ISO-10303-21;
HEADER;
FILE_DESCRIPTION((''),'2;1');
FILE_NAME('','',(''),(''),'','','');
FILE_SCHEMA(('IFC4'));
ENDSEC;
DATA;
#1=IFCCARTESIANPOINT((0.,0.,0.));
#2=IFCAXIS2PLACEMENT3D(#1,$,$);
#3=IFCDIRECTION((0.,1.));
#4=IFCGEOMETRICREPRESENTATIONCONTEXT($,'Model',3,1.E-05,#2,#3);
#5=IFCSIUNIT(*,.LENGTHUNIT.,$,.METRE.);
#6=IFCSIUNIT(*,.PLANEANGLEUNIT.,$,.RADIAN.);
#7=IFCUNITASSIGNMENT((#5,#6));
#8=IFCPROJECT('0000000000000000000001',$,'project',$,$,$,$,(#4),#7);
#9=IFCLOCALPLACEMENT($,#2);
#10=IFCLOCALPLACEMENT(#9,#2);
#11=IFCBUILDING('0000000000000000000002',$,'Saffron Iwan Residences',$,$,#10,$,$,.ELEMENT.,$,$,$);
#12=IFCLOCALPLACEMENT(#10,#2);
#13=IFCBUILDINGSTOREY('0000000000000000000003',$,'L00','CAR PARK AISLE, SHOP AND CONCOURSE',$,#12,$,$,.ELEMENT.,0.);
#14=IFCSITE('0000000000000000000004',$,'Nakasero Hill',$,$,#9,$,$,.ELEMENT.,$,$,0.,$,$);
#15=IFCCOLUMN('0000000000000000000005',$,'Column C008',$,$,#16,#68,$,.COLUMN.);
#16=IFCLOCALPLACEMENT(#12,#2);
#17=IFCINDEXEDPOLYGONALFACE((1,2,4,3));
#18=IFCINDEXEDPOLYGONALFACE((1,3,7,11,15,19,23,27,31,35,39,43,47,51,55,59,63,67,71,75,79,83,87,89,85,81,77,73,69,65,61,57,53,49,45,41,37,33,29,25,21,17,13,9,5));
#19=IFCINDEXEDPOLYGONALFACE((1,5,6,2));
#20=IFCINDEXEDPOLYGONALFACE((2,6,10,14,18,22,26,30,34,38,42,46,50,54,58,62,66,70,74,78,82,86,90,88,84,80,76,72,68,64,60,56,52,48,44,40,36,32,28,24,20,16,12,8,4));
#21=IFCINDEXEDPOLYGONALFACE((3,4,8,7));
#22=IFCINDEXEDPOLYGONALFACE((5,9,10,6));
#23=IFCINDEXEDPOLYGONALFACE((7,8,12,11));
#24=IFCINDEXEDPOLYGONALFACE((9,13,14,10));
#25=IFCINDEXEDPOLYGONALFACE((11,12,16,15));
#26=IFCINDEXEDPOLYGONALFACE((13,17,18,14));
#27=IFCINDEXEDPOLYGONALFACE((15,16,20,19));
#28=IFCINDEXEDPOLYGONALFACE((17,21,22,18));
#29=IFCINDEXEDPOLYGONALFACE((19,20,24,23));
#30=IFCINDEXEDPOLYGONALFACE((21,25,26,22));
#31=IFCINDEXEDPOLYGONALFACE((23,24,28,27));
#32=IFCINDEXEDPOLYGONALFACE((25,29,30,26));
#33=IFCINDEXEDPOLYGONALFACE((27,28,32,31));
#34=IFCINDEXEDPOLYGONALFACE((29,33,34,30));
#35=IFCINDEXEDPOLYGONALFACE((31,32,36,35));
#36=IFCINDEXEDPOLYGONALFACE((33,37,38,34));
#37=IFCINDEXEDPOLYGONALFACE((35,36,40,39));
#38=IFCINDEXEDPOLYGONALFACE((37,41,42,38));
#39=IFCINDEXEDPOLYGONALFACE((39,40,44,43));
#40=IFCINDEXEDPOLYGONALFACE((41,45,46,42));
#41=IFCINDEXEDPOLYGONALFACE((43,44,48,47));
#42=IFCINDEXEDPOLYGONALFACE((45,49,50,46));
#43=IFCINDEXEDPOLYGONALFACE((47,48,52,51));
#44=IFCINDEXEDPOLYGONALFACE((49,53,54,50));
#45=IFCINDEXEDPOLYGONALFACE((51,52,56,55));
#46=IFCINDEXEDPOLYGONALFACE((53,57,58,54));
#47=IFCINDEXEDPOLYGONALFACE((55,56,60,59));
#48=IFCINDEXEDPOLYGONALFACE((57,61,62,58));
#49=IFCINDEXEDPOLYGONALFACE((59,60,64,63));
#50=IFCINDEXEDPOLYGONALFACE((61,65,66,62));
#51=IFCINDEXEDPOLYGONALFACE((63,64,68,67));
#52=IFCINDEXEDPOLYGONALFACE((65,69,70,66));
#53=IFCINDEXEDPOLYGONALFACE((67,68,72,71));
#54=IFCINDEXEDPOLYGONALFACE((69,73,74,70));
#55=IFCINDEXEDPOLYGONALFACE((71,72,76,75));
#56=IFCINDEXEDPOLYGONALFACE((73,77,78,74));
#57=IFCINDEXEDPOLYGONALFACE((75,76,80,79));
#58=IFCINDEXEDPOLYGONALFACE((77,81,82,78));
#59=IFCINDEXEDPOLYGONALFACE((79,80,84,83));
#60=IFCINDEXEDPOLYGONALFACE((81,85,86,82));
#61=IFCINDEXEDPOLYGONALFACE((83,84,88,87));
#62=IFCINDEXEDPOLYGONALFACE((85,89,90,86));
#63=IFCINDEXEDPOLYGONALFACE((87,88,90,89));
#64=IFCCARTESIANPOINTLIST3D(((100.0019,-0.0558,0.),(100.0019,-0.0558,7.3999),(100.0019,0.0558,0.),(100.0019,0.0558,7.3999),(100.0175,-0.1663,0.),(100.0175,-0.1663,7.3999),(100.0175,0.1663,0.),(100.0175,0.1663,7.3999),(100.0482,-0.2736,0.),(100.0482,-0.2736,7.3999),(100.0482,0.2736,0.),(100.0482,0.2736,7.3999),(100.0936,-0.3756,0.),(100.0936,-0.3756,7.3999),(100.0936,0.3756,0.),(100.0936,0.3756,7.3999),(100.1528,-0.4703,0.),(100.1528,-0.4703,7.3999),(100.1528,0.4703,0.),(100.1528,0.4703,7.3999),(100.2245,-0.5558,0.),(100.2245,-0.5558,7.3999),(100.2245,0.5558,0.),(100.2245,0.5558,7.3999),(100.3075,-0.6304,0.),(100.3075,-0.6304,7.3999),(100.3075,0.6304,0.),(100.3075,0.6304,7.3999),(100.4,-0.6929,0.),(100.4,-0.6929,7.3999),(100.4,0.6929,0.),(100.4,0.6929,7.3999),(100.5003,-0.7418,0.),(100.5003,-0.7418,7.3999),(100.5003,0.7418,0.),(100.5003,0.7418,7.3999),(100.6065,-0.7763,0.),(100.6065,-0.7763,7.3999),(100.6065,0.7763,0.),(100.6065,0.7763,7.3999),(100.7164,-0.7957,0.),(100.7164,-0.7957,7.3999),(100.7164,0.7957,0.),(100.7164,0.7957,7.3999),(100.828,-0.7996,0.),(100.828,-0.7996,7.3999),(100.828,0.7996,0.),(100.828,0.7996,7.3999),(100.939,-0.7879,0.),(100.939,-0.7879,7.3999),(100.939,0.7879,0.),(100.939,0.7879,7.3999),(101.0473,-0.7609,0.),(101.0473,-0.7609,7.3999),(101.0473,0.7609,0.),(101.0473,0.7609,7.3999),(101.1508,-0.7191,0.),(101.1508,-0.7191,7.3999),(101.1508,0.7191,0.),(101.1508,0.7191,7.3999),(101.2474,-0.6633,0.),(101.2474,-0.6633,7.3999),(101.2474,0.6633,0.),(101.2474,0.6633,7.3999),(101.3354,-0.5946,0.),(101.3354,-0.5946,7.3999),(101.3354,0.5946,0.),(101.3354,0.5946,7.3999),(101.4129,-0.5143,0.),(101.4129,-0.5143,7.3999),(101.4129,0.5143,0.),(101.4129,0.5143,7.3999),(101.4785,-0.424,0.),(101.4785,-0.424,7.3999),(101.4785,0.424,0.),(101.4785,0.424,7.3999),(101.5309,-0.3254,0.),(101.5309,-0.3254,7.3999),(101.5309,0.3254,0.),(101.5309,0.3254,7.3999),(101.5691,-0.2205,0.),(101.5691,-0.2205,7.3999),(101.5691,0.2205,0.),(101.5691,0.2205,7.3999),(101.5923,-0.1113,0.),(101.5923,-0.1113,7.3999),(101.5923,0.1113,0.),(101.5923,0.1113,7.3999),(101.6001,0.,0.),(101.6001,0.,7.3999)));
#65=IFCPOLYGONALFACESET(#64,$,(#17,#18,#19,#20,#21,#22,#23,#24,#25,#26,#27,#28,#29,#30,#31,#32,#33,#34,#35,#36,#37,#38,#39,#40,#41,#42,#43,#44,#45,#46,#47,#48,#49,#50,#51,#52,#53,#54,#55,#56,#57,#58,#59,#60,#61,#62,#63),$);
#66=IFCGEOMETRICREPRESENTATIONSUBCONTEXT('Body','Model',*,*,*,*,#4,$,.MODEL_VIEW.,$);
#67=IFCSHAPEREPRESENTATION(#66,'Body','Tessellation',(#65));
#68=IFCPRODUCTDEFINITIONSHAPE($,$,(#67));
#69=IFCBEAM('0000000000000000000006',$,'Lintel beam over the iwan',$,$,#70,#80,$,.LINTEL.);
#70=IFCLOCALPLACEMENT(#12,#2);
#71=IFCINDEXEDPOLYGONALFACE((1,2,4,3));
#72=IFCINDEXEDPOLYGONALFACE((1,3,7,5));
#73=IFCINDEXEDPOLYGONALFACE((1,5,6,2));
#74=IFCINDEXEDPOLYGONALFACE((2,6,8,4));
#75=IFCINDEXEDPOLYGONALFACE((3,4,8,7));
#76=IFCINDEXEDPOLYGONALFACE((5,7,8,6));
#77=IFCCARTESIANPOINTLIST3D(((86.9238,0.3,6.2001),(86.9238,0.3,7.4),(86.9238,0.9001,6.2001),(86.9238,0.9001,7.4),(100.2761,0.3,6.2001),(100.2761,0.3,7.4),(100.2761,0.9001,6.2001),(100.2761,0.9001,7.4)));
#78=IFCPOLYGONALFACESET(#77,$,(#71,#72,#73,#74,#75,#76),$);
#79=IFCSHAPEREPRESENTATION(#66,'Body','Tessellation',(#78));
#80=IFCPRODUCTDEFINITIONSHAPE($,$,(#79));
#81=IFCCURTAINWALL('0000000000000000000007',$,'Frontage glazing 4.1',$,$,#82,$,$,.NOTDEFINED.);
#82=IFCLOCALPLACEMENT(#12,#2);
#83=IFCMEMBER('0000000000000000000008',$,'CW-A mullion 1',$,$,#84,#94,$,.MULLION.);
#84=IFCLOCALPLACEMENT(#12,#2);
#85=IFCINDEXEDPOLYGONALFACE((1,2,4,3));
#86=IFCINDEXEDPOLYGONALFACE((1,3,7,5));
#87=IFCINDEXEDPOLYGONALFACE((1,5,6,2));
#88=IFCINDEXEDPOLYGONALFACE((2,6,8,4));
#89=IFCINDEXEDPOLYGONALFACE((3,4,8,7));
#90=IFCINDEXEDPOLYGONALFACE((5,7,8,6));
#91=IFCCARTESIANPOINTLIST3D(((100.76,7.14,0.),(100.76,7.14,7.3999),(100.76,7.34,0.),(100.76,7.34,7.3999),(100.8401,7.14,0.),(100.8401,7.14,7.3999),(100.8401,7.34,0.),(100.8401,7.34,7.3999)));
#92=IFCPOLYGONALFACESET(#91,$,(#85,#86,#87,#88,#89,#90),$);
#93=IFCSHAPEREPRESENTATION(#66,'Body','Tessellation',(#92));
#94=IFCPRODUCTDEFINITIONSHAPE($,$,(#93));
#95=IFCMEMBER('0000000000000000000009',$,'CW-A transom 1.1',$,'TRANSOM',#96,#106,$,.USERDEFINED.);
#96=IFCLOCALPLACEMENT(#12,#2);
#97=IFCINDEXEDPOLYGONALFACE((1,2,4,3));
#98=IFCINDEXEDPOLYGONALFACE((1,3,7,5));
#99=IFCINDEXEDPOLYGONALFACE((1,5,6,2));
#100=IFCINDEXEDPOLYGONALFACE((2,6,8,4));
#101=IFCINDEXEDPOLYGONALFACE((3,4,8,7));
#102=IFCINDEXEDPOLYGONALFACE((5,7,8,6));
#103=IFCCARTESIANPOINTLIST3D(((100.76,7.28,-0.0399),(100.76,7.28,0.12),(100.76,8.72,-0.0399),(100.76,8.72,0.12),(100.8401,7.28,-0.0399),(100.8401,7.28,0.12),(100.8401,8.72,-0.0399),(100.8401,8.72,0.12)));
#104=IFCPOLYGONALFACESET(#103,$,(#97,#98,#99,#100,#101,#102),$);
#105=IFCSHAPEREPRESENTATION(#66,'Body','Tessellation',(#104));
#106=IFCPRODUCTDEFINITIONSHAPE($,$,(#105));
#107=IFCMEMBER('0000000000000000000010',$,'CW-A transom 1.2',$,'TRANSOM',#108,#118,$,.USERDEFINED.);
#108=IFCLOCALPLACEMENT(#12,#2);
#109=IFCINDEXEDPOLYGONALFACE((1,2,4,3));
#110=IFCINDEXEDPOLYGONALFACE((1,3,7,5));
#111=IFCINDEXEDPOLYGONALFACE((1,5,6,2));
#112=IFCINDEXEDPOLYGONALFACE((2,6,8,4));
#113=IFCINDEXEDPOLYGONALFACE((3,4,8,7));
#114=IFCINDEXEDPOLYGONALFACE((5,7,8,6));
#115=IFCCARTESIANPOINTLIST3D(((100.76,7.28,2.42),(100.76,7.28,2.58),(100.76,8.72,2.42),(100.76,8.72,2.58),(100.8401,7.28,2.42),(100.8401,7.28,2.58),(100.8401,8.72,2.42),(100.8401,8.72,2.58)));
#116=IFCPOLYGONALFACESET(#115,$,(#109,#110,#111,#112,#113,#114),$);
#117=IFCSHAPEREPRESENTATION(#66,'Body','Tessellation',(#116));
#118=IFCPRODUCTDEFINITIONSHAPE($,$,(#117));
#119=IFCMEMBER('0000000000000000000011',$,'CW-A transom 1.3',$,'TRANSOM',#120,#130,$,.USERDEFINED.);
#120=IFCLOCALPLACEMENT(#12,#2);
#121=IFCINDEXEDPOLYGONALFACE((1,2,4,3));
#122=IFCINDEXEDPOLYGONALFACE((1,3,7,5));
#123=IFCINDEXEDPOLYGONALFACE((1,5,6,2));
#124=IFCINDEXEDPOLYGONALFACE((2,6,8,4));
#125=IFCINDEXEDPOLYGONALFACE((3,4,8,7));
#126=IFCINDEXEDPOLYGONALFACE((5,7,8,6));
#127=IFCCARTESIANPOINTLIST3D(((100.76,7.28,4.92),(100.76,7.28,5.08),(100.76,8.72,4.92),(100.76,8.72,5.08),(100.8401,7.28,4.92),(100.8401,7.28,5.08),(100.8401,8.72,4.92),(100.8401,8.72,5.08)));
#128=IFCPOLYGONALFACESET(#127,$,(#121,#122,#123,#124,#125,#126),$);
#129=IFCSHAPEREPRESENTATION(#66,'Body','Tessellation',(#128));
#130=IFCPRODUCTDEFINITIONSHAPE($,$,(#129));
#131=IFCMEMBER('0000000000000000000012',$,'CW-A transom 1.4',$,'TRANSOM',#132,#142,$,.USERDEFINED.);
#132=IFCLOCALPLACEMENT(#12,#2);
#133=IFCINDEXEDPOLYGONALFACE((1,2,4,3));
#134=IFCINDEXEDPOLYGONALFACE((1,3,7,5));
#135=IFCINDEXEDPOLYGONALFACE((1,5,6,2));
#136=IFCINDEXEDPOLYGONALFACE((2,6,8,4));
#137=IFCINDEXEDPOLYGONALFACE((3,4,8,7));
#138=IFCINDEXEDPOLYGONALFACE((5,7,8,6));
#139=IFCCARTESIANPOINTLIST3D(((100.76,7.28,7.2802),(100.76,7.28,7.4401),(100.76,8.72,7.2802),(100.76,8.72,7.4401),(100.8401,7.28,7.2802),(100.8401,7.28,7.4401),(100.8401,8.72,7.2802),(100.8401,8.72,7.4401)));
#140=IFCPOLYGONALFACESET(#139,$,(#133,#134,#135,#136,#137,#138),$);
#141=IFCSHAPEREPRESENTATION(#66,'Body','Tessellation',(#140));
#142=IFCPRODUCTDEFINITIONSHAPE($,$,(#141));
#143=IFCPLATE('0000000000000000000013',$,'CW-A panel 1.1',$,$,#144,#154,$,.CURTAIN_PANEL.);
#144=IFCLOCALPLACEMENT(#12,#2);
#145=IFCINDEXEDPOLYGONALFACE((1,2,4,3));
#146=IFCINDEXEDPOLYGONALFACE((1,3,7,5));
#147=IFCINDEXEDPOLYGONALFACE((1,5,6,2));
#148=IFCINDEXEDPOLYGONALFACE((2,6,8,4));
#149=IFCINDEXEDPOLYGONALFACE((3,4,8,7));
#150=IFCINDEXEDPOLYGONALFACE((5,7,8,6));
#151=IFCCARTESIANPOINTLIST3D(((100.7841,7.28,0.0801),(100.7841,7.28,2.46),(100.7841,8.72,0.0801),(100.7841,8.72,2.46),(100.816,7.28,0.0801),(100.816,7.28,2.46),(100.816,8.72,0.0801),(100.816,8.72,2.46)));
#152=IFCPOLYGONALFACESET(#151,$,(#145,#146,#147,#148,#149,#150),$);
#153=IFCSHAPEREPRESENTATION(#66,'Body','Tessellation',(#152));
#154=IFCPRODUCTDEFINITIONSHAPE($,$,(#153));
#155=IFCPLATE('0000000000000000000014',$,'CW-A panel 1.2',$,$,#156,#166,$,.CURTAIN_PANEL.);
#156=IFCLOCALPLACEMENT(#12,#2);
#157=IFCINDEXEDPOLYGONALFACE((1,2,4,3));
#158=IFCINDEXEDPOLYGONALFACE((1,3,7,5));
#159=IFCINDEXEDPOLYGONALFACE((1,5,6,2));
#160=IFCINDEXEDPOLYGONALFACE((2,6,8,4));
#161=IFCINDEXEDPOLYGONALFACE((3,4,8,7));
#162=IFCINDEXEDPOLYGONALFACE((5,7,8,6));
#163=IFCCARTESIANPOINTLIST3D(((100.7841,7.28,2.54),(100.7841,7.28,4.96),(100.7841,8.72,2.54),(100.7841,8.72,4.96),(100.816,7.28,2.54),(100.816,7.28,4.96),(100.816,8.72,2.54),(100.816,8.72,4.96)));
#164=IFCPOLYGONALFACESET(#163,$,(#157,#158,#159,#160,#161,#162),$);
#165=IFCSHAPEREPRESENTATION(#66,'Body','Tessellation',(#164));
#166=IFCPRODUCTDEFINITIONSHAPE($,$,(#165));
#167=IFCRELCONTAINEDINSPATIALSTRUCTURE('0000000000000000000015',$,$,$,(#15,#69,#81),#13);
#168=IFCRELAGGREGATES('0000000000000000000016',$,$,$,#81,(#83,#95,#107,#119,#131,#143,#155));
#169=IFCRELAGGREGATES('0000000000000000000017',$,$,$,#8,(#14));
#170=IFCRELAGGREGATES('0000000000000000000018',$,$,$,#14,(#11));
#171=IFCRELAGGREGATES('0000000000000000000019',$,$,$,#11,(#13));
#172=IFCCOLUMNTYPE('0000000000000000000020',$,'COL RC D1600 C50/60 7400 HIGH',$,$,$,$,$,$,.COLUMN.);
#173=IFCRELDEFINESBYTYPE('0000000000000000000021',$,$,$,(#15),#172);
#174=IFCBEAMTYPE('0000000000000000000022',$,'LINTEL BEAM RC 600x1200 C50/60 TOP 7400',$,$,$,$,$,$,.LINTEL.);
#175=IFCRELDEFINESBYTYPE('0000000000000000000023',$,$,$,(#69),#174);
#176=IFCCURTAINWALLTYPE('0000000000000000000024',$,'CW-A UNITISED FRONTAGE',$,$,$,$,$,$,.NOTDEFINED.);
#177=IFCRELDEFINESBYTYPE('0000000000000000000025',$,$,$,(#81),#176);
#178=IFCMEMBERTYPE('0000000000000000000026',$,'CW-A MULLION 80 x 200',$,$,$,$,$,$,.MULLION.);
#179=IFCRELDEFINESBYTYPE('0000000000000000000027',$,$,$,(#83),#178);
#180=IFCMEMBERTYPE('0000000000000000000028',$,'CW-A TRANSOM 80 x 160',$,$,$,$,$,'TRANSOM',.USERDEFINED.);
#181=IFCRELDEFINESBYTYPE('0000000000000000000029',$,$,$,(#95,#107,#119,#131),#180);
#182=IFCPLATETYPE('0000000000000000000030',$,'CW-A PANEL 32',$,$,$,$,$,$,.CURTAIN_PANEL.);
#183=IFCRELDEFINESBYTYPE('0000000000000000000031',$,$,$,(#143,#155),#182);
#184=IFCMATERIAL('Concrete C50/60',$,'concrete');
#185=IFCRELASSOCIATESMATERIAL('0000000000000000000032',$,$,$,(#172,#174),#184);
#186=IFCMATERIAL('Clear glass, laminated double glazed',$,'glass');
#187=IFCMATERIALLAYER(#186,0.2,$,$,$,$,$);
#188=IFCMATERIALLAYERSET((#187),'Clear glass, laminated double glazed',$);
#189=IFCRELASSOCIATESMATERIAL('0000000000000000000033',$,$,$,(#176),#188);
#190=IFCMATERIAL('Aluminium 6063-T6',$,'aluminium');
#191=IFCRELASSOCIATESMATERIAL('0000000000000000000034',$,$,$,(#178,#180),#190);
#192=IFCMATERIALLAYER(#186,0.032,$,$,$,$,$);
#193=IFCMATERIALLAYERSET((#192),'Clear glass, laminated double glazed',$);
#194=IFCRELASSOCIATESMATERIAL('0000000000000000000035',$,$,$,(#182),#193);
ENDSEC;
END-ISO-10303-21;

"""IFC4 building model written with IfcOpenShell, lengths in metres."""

from ifc_helpers import new_model, si_unit, direction, frame, origin, origin_2d, place, context, subcontext, project, spatial, rectangle, circle, extrude, source, transform, mapped, material, layer, layer_set, material_profile, profile_set, type_object, element, aggregate, save


model = new_model("IFC4")

# Units and contexts
model_context = context("Model", 3, precision=1e-05, world=origin(), true_north=direction((0.0, 1.0)))
body_context = subcontext(model_context, "Body", "Model", "MODEL_VIEW")
ifc_project = project(units=[si_unit("LENGTHUNIT", "METRE"), si_unit("PLANEANGLEUNIT", "RADIAN")], contexts=[model_context])

# Site, building, storey
site_placement = place(None, origin())
site = spatial("IfcSite", under=ifc_project, at=site_placement, Name="Nakasero Hill", CompositionType="ELEMENT", RefElevation=0.0)
building_placement = place(site_placement, origin())
building = spatial("IfcBuilding", under=site, at=building_placement, Name="Saffron Iwan Residences", CompositionType="ELEMENT")
storey_placement = place(building_placement, origin())
storey = spatial("IfcBuildingStorey", under=building, at=storey_placement, Name="L00", Description="CAR PARK AISLE, SHOP AND CONCOURSE", CompositionType="ELEMENT", Elevation=0.0)

# Column
ifc_material_1 = material(Name="Concrete C50/60", Category="concrete")
ifc_material_profile_1 = material_profile(ifc_material_1, circle(Radius=0.8, at=origin_2d()), Name="RC D1600")
ifc_profile_set_1 = profile_set([ifc_material_profile_1], Name="Concrete C50/60")
column_type = type_object("IfcColumnType", Name="COL RC D1600 C50/60 7400 HIGH", PredefinedType="COLUMN", material=ifc_profile_set_1)
shared_shape_1 = source(origin(), body_context, "Body", "SweptSolid", [
    extrude(circle(Radius=0.8, at=origin_2d()), origin(), (0.0, 0.0, 1.0), 7.3999),
])
column_placement = place(storey_placement, frame((100.8, 0.0, 0.0), z_axis=(0.0, 0.0, 1.0), x_axis=(1.0, 0.0, 0.0)))
element("IfcColumn", 1, at=column_placement, inside=storey, type_object=column_type, Name="Column C008", PredefinedType="COLUMN", context=body_context, shape_type="MappedRepresentation", body=[
    mapped(shared_shape_1, transform((0.0, 0.0, 0.0))),
])

# Beam
ifc_material_profile_2 = material_profile(ifc_material_1, rectangle(XDim=0.6001, YDim=1.2, at=origin_2d()), Name="RC 600x1200")
ifc_profile_set_2 = profile_set([ifc_material_profile_2], Name="Concrete C50/60")
beam_type = type_object("IfcBeamType", Name="LINTEL BEAM RC 600x1200 C50/60 TOP 7400", PredefinedType="LINTEL", material=ifc_profile_set_2)
shared_shape_2 = source(origin(), body_context, "Body", "SweptSolid", [
    extrude(rectangle(XDim=0.6001, YDim=1.2, at=origin_2d()), origin(), (0.0, 0.0, 1.0), 13.3523),
])
beam_placement = place(storey_placement, frame((100.2761, 0.6001, 6.8), z_axis=(-1.0, 0.0, 0.0), x_axis=(0.0, -1.0, 0.0)))
element("IfcBeam", 2, at=beam_placement, inside=storey, type_object=beam_type, Name="Lintel beam over the iwan", PredefinedType="LINTEL", context=body_context, shape_type="MappedRepresentation", body=[
    mapped(shared_shape_2, transform((0.0, 0.0, 0.0))),
])

# Curtain wall, members, plates
ifc_material_2 = material(Name="Clear glass, laminated double glazed", Category="glass")
ifc_layer_1 = layer(ifc_material_2, 0.2)
ifc_layer_set_1 = layer_set([ifc_layer_1], Name="Clear glass, laminated double glazed")
curtain_wall_type = type_object("IfcCurtainWallType", Name="CW-A UNITISED FRONTAGE", PredefinedType="NOTDEFINED", material=ifc_layer_set_1)
curtain_wall_placement = place(storey_placement, origin())
curtain_wall = element("IfcCurtainWall", 3, at=curtain_wall_placement, inside=storey, type_object=curtain_wall_type, Name="Frontage glazing 4.1", PredefinedType="NOTDEFINED")
ifc_material_3 = material(Name="Aluminium 6063-T6", Category="aluminium")
ifc_material_profile_3 = material_profile(ifc_material_3, rectangle(XDim=0.0801, YDim=0.2, at=origin_2d()), Name="CW-A MULLION 80 x 200")
ifc_profile_set_3 = profile_set([ifc_material_profile_3], Name="Aluminium 6063-T6")
member_type_1 = type_object("IfcMemberType", Name="CW-A MULLION 80 x 200", PredefinedType="MULLION", material=ifc_profile_set_3)
shared_shape_3 = source(origin(), body_context, "Body", "SweptSolid", [
    extrude(rectangle(XDim=0.0801, YDim=0.2, at=origin_2d()), origin(), (0.0, 0.0, 1.0), 7.3999),
])
member_1_placement = place(storey_placement, frame((100.8, 7.24, 0.0), z_axis=(0.0, 0.0, 1.0), x_axis=(-1.0, 0.0, 0.0)))
member_1 = element("IfcMember", 4, at=member_1_placement, type_object=member_type_1, Name="CW-A mullion 1", PredefinedType="MULLION", context=body_context, shape_type="MappedRepresentation", body=[
    mapped(shared_shape_3, transform((0.0, 0.0, 0.0))),
])
ifc_material_profile_4 = material_profile(ifc_material_3, rectangle(XDim=0.0801, YDim=0.1599, at=origin_2d()), Name="CW-A TRANSOM 80 x 160")
ifc_profile_set_4 = profile_set([ifc_material_profile_4], Name="Aluminium 6063-T6")
member_type_2 = type_object("IfcMemberType", Name="CW-A TRANSOM 80 x 160", ElementType="TRANSOM", PredefinedType="USERDEFINED", material=ifc_profile_set_4)
shared_shape_4 = source(origin(), body_context, "Body", "SweptSolid", [
    extrude(rectangle(XDim=0.0801, YDim=0.1599, at=origin_2d()), origin(), (0.0, 0.0, 1.0), 1.4399),
])
member_2_placement = place(storey_placement, frame((100.8, 7.28, 0.04), z_axis=(0.0, 1.0, 0.0), x_axis=(-1.0, 0.0, 0.0)))
member_2 = element("IfcMember", 5, at=member_2_placement, type_object=member_type_2, Name="CW-A transom 1.1", ObjectType="TRANSOM", PredefinedType="USERDEFINED", context=body_context, shape_type="MappedRepresentation", body=[
    mapped(shared_shape_4, transform((0.0, 0.0, 0.0))),
])
member_3_placement = place(storey_placement, frame((100.8, 7.28, 2.5), z_axis=(0.0, 1.0, 0.0), x_axis=(-1.0, 0.0, 0.0)))
member_3 = element("IfcMember", 6, at=member_3_placement, type_object=member_type_2, Name="CW-A transom 1.2", ObjectType="TRANSOM", PredefinedType="USERDEFINED", context=body_context, shape_type="MappedRepresentation", body=[
    mapped(shared_shape_4, transform((0.0, 0.0, 0.0))),
])
member_4_placement = place(storey_placement, frame((100.8, 7.28, 5.0), z_axis=(0.0, 1.0, 0.0), x_axis=(-1.0, 0.0, 0.0)))
member_4 = element("IfcMember", 7, at=member_4_placement, type_object=member_type_2, Name="CW-A transom 1.3", ObjectType="TRANSOM", PredefinedType="USERDEFINED", context=body_context, shape_type="MappedRepresentation", body=[
    mapped(shared_shape_4, transform((0.0, 0.0, 0.0))),
])
member_5_placement = place(storey_placement, frame((100.8, 7.28, 7.3601), z_axis=(0.0, 1.0, 0.0), x_axis=(-1.0, 0.0, 0.0)))
member_5 = element("IfcMember", 8, at=member_5_placement, type_object=member_type_2, Name="CW-A transom 1.4", ObjectType="TRANSOM", PredefinedType="USERDEFINED", context=body_context, shape_type="MappedRepresentation", body=[
    mapped(shared_shape_4, transform((0.0, 0.0, 0.0))),
])
ifc_layer_2 = layer(ifc_material_2, 0.032)
ifc_layer_set_2 = layer_set([ifc_layer_2], Name="Clear glass, laminated double glazed")
plate_type = type_object("IfcPlateType", Name="CW-A PANEL 32", PredefinedType="CURTAIN_PANEL", material=ifc_layer_set_2)
shared_shape_5 = source(origin(), body_context, "Body", "SweptSolid", [
    extrude(rectangle(XDim=1.4399, YDim=0.032, at=origin_2d()), origin(), (0.0, 0.0, 1.0), 2.3799),
])
plate_1_placement = place(storey_placement, frame((100.8, 8.0, 0.0801), z_axis=(0.0, 0.0, 1.0), x_axis=(0.0, 1.0, 0.0)))
plate_1 = element("IfcPlate", 9, at=plate_1_placement, type_object=plate_type, Name="CW-A panel 1.1", PredefinedType="CURTAIN_PANEL", context=body_context, shape_type="MappedRepresentation", body=[
    mapped(shared_shape_5, transform((0.0, 0.0, 0.0))),
])
shared_shape_6 = source(origin(), body_context, "Body", "SweptSolid", [
    extrude(rectangle(XDim=1.4399, YDim=0.032, at=origin_2d()), origin(), (0.0, 0.0, 1.0), 2.4199),
])
plate_2_placement = place(storey_placement, frame((100.8, 8.0, 2.54), z_axis=(0.0, 0.0, 1.0), x_axis=(0.0, 1.0, 0.0)))
plate_2 = element("IfcPlate", 10, at=plate_2_placement, type_object=plate_type, Name="CW-A panel 1.2", PredefinedType="CURTAIN_PANEL", context=body_context, shape_type="MappedRepresentation", body=[
    mapped(shared_shape_6, transform((0.0, 0.0, 0.0))),
])
aggregate(curtain_wall, [member_1, member_2, member_3, member_4, member_5, plate_1, plate_2])

save(model, "model.ifc")
